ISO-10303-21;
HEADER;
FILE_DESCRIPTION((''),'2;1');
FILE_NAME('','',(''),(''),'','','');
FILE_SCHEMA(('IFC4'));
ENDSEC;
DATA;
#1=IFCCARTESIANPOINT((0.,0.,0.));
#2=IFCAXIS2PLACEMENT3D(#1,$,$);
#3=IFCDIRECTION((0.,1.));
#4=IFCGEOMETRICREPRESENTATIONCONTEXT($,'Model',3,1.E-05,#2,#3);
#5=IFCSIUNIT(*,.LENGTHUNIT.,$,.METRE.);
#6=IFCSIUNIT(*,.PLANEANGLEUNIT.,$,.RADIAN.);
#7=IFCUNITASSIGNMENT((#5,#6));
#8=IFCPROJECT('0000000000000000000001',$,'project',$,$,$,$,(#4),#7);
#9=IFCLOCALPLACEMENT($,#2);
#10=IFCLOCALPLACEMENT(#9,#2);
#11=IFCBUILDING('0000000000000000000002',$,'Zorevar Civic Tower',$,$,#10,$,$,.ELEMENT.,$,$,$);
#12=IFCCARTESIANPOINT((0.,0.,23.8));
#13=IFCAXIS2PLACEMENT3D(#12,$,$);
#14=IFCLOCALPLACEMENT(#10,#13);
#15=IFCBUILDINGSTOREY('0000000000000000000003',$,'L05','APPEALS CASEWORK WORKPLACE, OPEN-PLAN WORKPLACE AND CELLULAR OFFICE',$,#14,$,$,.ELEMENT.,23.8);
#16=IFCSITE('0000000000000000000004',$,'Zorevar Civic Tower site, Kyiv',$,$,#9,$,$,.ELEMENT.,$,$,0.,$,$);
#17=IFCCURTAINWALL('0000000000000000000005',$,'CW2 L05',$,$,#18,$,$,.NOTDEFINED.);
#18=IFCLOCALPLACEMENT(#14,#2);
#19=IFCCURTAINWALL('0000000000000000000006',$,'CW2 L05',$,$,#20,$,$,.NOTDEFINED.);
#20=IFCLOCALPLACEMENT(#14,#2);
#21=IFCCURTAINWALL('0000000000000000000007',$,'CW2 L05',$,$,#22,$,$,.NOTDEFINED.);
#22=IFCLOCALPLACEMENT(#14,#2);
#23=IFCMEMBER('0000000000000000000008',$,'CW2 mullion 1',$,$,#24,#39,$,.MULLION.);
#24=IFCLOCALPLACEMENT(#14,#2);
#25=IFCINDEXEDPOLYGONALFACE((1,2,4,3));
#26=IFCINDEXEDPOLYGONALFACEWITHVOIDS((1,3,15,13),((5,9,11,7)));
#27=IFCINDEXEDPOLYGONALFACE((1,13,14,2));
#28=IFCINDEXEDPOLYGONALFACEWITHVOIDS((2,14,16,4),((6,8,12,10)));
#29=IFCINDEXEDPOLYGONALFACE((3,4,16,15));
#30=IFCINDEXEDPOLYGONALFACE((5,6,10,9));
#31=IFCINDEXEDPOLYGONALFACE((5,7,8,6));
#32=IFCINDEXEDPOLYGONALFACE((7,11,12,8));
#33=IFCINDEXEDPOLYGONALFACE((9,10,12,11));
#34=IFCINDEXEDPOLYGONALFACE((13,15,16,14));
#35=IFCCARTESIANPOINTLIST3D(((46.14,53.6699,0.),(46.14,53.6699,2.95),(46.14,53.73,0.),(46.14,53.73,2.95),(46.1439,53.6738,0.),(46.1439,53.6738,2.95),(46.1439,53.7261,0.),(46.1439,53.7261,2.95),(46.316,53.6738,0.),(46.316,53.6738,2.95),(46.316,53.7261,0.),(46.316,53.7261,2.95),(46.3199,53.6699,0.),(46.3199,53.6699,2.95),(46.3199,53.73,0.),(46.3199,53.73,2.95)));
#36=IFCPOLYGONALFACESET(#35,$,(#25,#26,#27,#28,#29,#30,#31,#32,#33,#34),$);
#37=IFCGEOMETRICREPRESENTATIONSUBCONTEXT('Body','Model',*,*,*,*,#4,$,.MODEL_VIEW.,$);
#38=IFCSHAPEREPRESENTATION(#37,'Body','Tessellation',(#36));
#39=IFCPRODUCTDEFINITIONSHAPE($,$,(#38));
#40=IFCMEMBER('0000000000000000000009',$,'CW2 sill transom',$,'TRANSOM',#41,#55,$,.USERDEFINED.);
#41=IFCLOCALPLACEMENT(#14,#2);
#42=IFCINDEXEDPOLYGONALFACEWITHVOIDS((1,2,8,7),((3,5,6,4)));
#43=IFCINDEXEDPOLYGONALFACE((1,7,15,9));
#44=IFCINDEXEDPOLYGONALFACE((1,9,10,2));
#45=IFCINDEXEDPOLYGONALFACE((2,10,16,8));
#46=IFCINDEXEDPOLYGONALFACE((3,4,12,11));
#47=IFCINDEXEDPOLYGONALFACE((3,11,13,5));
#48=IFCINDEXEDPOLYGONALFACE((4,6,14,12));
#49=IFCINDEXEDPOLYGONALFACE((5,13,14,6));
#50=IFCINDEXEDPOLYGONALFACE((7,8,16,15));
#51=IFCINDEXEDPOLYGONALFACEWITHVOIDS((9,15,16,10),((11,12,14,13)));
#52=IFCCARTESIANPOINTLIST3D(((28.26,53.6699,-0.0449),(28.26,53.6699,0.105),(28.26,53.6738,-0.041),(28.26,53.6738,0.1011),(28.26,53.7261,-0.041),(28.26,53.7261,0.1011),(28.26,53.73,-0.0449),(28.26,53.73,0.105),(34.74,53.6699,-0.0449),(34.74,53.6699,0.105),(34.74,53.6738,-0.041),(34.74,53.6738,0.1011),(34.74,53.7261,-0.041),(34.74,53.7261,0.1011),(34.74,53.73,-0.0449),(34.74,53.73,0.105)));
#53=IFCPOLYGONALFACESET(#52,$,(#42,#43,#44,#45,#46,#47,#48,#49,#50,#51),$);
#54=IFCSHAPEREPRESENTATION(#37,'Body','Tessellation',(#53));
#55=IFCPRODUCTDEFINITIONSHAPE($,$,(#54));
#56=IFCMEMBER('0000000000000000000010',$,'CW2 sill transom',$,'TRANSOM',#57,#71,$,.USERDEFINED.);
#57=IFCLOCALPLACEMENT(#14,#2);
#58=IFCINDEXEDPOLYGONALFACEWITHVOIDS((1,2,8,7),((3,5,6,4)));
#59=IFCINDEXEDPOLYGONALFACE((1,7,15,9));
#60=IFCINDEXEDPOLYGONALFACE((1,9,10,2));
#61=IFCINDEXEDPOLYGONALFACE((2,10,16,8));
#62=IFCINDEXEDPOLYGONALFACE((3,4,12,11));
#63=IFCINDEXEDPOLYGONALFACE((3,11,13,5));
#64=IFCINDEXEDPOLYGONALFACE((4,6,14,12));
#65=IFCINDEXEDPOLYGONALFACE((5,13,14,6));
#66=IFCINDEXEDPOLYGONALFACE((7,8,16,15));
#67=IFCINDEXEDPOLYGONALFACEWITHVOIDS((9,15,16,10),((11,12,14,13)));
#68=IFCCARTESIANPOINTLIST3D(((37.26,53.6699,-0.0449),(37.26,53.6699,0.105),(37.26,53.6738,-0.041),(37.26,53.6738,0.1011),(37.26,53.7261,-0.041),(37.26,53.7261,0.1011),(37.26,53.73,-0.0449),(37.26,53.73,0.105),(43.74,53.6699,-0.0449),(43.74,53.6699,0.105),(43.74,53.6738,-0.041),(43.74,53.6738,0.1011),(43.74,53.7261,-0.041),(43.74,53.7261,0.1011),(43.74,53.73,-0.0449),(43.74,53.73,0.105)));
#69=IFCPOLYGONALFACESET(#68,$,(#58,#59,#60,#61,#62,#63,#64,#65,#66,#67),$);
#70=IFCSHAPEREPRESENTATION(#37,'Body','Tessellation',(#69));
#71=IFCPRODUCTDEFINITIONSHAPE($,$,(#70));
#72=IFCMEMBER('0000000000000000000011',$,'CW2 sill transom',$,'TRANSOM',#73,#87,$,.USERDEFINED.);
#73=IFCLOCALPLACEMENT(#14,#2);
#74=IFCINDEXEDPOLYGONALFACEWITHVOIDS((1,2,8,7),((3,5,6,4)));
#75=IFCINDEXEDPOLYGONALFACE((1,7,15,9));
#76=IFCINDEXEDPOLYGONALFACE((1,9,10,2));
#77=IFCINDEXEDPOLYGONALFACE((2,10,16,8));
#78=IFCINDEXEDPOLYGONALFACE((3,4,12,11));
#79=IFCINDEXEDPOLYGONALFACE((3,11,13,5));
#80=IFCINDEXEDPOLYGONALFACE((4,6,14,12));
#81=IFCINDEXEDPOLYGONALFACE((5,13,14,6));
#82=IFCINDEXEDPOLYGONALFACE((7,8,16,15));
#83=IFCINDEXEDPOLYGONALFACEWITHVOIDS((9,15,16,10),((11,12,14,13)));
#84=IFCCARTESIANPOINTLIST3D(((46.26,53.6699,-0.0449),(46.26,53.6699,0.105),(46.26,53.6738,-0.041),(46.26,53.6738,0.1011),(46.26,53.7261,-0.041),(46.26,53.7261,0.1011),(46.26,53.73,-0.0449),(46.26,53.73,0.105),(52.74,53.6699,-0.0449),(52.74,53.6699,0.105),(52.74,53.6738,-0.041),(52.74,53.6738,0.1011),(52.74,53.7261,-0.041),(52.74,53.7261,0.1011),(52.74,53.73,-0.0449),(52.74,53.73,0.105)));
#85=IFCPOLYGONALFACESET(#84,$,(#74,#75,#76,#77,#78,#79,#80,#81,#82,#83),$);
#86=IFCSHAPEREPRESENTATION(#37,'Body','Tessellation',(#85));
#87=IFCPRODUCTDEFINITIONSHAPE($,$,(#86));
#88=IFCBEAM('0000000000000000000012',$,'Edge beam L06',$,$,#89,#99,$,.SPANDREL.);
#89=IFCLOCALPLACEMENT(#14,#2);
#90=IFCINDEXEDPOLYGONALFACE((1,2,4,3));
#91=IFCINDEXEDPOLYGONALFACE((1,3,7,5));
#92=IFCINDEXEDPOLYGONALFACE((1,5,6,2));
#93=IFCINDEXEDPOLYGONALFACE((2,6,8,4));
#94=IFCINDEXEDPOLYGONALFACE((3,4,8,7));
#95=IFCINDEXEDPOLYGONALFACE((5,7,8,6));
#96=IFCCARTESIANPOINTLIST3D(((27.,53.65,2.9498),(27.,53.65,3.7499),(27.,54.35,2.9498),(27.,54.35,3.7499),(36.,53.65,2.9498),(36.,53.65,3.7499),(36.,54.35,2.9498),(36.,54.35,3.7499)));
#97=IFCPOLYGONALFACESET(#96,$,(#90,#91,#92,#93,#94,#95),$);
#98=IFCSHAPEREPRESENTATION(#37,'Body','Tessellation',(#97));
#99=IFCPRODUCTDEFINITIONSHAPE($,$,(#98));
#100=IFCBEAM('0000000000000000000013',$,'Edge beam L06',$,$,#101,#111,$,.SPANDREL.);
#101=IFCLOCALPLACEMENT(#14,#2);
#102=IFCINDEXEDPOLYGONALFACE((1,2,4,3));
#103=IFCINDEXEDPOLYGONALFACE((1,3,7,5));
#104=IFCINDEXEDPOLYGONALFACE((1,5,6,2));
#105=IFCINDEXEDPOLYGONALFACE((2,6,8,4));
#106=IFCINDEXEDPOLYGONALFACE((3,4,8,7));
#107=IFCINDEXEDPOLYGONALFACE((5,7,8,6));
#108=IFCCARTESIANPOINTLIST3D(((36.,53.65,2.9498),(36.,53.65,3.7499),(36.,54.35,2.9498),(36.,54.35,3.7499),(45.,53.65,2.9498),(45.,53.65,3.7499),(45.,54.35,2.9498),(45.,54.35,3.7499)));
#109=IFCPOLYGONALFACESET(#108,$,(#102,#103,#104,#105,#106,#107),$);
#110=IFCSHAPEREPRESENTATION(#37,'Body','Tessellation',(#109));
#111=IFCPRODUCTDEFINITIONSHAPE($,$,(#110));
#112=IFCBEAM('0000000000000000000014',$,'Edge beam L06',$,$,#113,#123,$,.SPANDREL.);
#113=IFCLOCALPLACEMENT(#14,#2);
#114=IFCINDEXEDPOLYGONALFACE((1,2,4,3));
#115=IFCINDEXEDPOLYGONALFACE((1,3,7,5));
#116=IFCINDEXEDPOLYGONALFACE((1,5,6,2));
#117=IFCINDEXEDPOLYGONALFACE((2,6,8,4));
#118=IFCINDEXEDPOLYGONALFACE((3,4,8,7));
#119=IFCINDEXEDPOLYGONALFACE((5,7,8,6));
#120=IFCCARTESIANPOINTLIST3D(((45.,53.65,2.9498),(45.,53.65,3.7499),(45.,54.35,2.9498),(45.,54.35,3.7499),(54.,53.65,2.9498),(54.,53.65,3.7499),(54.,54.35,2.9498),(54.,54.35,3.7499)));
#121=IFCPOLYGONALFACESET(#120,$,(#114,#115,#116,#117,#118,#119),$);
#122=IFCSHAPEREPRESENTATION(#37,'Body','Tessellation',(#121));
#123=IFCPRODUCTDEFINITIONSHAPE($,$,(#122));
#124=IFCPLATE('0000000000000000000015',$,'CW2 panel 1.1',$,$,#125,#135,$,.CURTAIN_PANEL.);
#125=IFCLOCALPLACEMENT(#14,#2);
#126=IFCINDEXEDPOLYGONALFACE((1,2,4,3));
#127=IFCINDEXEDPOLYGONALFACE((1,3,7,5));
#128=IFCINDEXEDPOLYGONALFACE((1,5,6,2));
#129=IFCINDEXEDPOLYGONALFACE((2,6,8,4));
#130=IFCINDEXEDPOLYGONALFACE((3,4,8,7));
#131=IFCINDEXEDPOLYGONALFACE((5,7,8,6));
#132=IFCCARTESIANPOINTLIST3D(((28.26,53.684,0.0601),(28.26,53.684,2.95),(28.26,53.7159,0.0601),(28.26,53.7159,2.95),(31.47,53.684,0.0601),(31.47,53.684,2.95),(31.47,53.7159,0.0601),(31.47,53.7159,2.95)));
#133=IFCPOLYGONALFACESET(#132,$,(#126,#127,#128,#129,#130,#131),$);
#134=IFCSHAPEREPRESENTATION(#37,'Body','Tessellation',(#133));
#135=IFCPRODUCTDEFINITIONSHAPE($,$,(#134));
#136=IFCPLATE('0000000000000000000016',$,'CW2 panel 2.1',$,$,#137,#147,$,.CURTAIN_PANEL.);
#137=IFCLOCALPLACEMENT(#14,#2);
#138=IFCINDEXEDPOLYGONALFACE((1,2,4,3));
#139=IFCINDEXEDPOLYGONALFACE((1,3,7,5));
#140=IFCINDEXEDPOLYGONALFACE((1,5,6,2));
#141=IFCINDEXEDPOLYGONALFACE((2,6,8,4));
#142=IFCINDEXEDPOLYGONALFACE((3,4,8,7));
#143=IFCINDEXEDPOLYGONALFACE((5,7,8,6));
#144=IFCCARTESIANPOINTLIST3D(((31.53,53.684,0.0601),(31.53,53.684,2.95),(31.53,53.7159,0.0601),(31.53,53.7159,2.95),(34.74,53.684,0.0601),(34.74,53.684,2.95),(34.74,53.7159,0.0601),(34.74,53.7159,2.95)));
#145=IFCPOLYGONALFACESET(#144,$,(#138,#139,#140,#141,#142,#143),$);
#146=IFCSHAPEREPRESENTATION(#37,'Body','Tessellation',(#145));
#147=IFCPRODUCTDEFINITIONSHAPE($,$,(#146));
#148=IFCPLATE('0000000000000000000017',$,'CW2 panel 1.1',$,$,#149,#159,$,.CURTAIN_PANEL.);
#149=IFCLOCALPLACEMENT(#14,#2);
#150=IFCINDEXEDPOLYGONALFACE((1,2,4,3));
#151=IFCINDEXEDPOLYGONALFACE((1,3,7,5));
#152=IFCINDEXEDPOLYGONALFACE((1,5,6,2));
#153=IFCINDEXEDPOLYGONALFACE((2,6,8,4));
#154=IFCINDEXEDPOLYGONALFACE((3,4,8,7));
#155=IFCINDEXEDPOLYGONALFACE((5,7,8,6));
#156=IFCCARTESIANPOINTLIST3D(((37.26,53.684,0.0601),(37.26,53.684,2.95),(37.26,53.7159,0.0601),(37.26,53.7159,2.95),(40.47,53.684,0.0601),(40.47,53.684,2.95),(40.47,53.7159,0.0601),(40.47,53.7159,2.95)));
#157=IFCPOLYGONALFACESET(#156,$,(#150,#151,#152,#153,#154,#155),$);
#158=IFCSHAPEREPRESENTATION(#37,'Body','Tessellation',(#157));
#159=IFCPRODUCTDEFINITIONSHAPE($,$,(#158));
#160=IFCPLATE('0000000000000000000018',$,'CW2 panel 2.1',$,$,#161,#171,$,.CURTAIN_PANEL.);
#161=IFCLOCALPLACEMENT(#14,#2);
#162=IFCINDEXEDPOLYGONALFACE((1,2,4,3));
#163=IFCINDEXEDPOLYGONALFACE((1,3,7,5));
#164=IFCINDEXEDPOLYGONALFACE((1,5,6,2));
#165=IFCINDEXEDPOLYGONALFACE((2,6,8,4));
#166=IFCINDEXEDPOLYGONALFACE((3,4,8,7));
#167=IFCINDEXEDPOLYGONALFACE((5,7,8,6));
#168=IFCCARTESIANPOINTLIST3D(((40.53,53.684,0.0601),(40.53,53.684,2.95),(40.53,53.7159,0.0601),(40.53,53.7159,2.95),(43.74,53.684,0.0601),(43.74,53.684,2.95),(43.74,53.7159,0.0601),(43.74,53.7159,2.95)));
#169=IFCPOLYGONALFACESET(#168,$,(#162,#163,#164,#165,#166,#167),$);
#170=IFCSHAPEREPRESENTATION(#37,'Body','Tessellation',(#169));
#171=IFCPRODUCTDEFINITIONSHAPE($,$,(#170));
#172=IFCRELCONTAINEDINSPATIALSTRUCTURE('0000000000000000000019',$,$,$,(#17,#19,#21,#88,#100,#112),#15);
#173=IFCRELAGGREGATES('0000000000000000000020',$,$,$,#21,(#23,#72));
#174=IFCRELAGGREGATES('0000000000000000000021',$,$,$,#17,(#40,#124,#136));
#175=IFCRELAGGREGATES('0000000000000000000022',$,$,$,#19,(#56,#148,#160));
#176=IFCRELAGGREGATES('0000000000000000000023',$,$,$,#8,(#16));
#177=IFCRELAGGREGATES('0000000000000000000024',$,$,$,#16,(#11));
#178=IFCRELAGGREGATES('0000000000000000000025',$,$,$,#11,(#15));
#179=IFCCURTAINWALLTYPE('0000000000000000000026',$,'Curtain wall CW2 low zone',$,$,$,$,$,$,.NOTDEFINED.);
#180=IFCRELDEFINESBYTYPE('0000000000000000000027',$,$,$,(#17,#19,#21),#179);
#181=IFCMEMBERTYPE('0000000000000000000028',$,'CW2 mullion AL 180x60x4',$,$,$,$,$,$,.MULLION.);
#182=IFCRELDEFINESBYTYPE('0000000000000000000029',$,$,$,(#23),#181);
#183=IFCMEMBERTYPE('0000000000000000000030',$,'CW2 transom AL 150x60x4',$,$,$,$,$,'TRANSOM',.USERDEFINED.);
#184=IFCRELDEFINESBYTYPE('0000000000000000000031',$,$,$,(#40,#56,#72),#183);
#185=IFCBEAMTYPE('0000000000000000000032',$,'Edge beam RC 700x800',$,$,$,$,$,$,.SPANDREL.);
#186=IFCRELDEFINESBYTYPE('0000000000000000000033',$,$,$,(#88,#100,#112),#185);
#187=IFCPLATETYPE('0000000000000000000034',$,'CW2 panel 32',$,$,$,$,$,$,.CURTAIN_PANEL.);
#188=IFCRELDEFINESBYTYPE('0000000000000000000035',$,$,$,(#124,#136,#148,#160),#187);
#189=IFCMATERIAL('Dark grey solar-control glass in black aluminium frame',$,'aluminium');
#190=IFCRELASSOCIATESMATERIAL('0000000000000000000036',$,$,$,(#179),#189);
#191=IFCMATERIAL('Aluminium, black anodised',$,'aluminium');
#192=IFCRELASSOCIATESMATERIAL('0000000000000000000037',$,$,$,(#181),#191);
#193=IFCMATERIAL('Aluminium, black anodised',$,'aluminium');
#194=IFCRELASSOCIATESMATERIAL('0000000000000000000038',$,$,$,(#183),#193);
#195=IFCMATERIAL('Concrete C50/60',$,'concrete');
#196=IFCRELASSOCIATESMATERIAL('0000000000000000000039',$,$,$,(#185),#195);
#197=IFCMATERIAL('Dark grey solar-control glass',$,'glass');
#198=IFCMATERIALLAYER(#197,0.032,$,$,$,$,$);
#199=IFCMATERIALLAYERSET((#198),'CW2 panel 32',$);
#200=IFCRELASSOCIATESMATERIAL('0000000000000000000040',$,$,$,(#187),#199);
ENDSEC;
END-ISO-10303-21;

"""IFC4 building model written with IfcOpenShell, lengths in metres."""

from ifc_helpers import new_model, si_unit, direction, frame, origin, origin_2d, place, context, subcontext, project, spatial, rectangle, hollow_rectangle, extrude, material, layer, layer_set, material_profile, profile_set, type_object, element, aggregate, save


model = new_model("IFC4")

# Units and contexts
model_context = context("Model", 3, precision=1e-05, world=origin(), true_north=direction((0.0, 1.0)))
body_context = subcontext(model_context, "Body", "Model", "MODEL_VIEW")
ifc_project = project(units=[si_unit("LENGTHUNIT", "METRE"), si_unit("PLANEANGLEUNIT", "RADIAN")], contexts=[model_context])

# Site, building, storey
site_placement = place(None, origin())
site = spatial("IfcSite", under=ifc_project, at=site_placement, Name="Zorevar Civic Tower site, Kyiv", CompositionType="ELEMENT", RefElevation=0.0)
building_placement = place(site_placement, origin())
building = spatial("IfcBuilding", under=site, at=building_placement, Name="Zorevar Civic Tower", CompositionType="ELEMENT")
storey_placement = place(building_placement, frame((0.0, 0.0, 23.8)))
storey = spatial("IfcBuildingStorey", under=building, at=storey_placement, Name="L05", Description="APPEALS CASEWORK WORKPLACE, OPEN-PLAN WORKPLACE AND CELLULAR OFFICE", CompositionType="ELEMENT", Elevation=23.8)

# Curtain walls
ifc_material_1 = material(Name="Dark grey solar-control glass in black aluminium frame", Category="aluminium")
curtain_wall_type = type_object("IfcCurtainWallType", Name="Curtain wall CW2 low zone", PredefinedType="NOTDEFINED", material=ifc_material_1)
curtain_wall_1_placement = place(storey_placement, origin())
curtain_wall_1 = element("IfcCurtainWall", 1, at=curtain_wall_1_placement, inside=storey, type_object=curtain_wall_type, Name="CW2 L05", PredefinedType="NOTDEFINED")
ifc_material_2 = material(Name="Aluminium, black anodised", Category="aluminium")
ifc_material_profile_1 = material_profile(ifc_material_2, hollow_rectangle(XDim=0.0601, YDim=0.1799, WallThickness=0.0039, at=origin_2d()), Name="AL 180x60x4")
ifc_profile_set_1 = profile_set([ifc_material_profile_1], Name="Aluminium, black anodised")
member_type_1 = type_object("IfcMemberType", Name="CW2 mullion AL 180x60x4", PredefinedType="MULLION", material=ifc_profile_set_1)
curtain_wall_2_placement = place(storey_placement, origin())
curtain_wall_2 = element("IfcCurtainWall", 2, at=curtain_wall_2_placement, inside=storey, type_object=curtain_wall_type, Name="CW2 L05", PredefinedType="NOTDEFINED")

# Curtain wall, member
curtain_wall_3_placement = place(storey_placement, origin())
curtain_wall_3 = element("IfcCurtainWall", 3, at=curtain_wall_3_placement, inside=storey, type_object=curtain_wall_type, Name="CW2 L05", PredefinedType="NOTDEFINED")
member_1_placement = place(storey_placement, frame((46.23, 53.7, 0.0), z_axis=(0.0, 0.0, 1.0), x_axis=(0.0, 1.0, 0.0)))
member_1 = element("IfcMember", 4, at=member_1_placement, type_object=member_type_1, Name="CW2 mullion 1", PredefinedType="MULLION", context=body_context, shape_type="SweptSolid", body=[
    extrude(hollow_rectangle(XDim=0.0601, YDim=0.1799, WallThickness=0.0039, at=origin_2d()), origin(), (0.0, 0.0, 1.0), 2.95),
])

# Members
ifc_material_3 = material(Name="Aluminium, black anodised", Category="aluminium")
ifc_material_profile_2 = material_profile(ifc_material_3, hollow_rectangle(XDim=0.0601, YDim=0.1499, WallThickness=0.0039, at=origin_2d()), Name="AL 150x60x4")
ifc_profile_set_2 = profile_set([ifc_material_profile_2], Name="Aluminium, black anodised")
member_type_2 = type_object("IfcMemberType", Name="CW2 transom AL 150x60x4", ElementType="TRANSOM", PredefinedType="USERDEFINED", material=ifc_profile_set_2)
member_2_placement = place(storey_placement, frame((28.26, 53.7, 0.03), z_axis=(1.0, 0.0, 0.0), x_axis=(0.0, 1.0, 0.0)))
member_2 = element("IfcMember", 5, at=member_2_placement, type_object=member_type_2, Name="CW2 sill transom", ObjectType="TRANSOM", PredefinedType="USERDEFINED", context=body_context, shape_type="SweptSolid", body=[
    extrude(hollow_rectangle(XDim=0.0601, YDim=0.1499, WallThickness=0.0039, at=origin_2d()), origin(), (0.0, 0.0, 1.0), 6.48),
])
member_3_placement = place(storey_placement, frame((37.26, 53.7, 0.03), z_axis=(1.0, 0.0, 0.0), x_axis=(0.0, 1.0, 0.0)))
member_3 = element("IfcMember", 6, at=member_3_placement, type_object=member_type_2, Name="CW2 sill transom", ObjectType="TRANSOM", PredefinedType="USERDEFINED", context=body_context, shape_type="SweptSolid", body=[
    extrude(hollow_rectangle(XDim=0.0601, YDim=0.1499, WallThickness=0.0039, at=origin_2d()), origin(), (0.0, 0.0, 1.0), 6.48),
])
member_4_placement = place(storey_placement, frame((46.26, 53.7, 0.03), z_axis=(1.0, 0.0, 0.0), x_axis=(0.0, 1.0, 0.0)))
member_4 = element("IfcMember", 7, at=member_4_placement, type_object=member_type_2, Name="CW2 sill transom", ObjectType="TRANSOM", PredefinedType="USERDEFINED", context=body_context, shape_type="SweptSolid", body=[
    extrude(hollow_rectangle(XDim=0.0601, YDim=0.1499, WallThickness=0.0039, at=origin_2d()), origin(), (0.0, 0.0, 1.0), 6.48),
])
aggregate(curtain_wall_3, [member_1, member_4])

# Beams
ifc_material_4 = material(Name="Concrete C50/60", Category="concrete")
ifc_material_profile_3 = material_profile(ifc_material_4, rectangle(XDim=0.7, YDim=0.8, at=origin_2d()), Name="RC 700x800")
ifc_profile_set_3 = profile_set([ifc_material_profile_3], Name="Concrete C50/60")
beam_type_1 = type_object("IfcBeamType", Name="Edge beam RC 700x800", PredefinedType="SPANDREL", material=ifc_profile_set_3)
for number, where, z_axis, x_axis, name in (
    (8, (27.0, 54.0, 3.3499), (1.0, 0.0, 0.0), (0.0, 1.0, 0.0), "Edge beam L06"),
    (9, (36.0, 54.0, 3.3499), (1.0, 0.0, 0.0), (0.0, 1.0, 0.0), "Edge beam L06"),
    (10, (45.0, 54.0, 3.3499), (1.0, 0.0, 0.0), (0.0, 1.0, 0.0), "Edge beam L06"),
):
    element("IfcBeam", number, at=place(storey_placement, frame(where, z_axis=z_axis, x_axis=x_axis)), inside=storey, type_object=beam_type_1, Name=name, PredefinedType="SPANDREL", context=body_context, shape_type="SweptSolid", body=[
        extrude(rectangle(XDim=0.7, YDim=0.8, at=origin_2d()), origin(), (0.0, 0.0, 1.0), 9.0),
    ])

# Plates
ifc_material_5 = material(Name="Dark grey solar-control glass", Category="glass")
ifc_layer_1 = layer(ifc_material_5, 0.032)
ifc_layer_set_1 = layer_set([ifc_layer_1], Name="CW2 panel 32")
plate_type = type_object("IfcPlateType", Name="CW2 panel 32", PredefinedType="CURTAIN_PANEL", material=ifc_layer_set_1)
plate_1_placement = place(storey_placement, frame((29.865, 53.7, 0.0601), z_axis=(0.0, 0.0, 1.0), x_axis=(1.0, 0.0, 0.0)))
plate_1 = element("IfcPlate", 11, at=plate_1_placement, type_object=plate_type, Name="CW2 panel 1.1", PredefinedType="CURTAIN_PANEL", context=body_context, shape_type="SweptSolid", body=[
    extrude(rectangle(XDim=3.21, YDim=0.032, at=origin_2d()), origin(), (0.0, 0.0, 1.0), 2.8899),
])
plate_2_placement = place(storey_placement, frame((33.135, 53.7, 0.0601), z_axis=(0.0, 0.0, 1.0), x_axis=(1.0, 0.0, 0.0)))
plate_2 = element("IfcPlate", 12, at=plate_2_placement, type_object=plate_type, Name="CW2 panel 2.1", PredefinedType="CURTAIN_PANEL", context=body_context, shape_type="SweptSolid", body=[
    extrude(rectangle(XDim=3.21, YDim=0.032, at=origin_2d()), origin(), (0.0, 0.0, 1.0), 2.8899),
])
aggregate(curtain_wall_1, [member_2, plate_1, plate_2])
plate_3_placement = place(storey_placement, frame((38.865, 53.7, 0.0601), z_axis=(0.0, 0.0, 1.0), x_axis=(1.0, 0.0, 0.0)))
plate_3 = element("IfcPlate", 13, at=plate_3_placement, type_object=plate_type, Name="CW2 panel 1.1", PredefinedType="CURTAIN_PANEL", context=body_context, shape_type="SweptSolid", body=[
    extrude(rectangle(XDim=3.21, YDim=0.032, at=origin_2d()), origin(), (0.0, 0.0, 1.0), 2.8899),
])
plate_4_placement = place(storey_placement, frame((42.135, 53.7, 0.0601), z_axis=(0.0, 0.0, 1.0), x_axis=(1.0, 0.0, 0.0)))
plate_4 = element("IfcPlate", 14, at=plate_4_placement, type_object=plate_type, Name="CW2 panel 2.1", PredefinedType="CURTAIN_PANEL", context=body_context, shape_type="SweptSolid", body=[
    extrude(rectangle(XDim=3.21, YDim=0.032, at=origin_2d()), origin(), (0.0, 0.0, 1.0), 2.8899),
])
aggregate(curtain_wall_2, [member_3, plate_3, plate_4])

save(model, "model.ifc")
